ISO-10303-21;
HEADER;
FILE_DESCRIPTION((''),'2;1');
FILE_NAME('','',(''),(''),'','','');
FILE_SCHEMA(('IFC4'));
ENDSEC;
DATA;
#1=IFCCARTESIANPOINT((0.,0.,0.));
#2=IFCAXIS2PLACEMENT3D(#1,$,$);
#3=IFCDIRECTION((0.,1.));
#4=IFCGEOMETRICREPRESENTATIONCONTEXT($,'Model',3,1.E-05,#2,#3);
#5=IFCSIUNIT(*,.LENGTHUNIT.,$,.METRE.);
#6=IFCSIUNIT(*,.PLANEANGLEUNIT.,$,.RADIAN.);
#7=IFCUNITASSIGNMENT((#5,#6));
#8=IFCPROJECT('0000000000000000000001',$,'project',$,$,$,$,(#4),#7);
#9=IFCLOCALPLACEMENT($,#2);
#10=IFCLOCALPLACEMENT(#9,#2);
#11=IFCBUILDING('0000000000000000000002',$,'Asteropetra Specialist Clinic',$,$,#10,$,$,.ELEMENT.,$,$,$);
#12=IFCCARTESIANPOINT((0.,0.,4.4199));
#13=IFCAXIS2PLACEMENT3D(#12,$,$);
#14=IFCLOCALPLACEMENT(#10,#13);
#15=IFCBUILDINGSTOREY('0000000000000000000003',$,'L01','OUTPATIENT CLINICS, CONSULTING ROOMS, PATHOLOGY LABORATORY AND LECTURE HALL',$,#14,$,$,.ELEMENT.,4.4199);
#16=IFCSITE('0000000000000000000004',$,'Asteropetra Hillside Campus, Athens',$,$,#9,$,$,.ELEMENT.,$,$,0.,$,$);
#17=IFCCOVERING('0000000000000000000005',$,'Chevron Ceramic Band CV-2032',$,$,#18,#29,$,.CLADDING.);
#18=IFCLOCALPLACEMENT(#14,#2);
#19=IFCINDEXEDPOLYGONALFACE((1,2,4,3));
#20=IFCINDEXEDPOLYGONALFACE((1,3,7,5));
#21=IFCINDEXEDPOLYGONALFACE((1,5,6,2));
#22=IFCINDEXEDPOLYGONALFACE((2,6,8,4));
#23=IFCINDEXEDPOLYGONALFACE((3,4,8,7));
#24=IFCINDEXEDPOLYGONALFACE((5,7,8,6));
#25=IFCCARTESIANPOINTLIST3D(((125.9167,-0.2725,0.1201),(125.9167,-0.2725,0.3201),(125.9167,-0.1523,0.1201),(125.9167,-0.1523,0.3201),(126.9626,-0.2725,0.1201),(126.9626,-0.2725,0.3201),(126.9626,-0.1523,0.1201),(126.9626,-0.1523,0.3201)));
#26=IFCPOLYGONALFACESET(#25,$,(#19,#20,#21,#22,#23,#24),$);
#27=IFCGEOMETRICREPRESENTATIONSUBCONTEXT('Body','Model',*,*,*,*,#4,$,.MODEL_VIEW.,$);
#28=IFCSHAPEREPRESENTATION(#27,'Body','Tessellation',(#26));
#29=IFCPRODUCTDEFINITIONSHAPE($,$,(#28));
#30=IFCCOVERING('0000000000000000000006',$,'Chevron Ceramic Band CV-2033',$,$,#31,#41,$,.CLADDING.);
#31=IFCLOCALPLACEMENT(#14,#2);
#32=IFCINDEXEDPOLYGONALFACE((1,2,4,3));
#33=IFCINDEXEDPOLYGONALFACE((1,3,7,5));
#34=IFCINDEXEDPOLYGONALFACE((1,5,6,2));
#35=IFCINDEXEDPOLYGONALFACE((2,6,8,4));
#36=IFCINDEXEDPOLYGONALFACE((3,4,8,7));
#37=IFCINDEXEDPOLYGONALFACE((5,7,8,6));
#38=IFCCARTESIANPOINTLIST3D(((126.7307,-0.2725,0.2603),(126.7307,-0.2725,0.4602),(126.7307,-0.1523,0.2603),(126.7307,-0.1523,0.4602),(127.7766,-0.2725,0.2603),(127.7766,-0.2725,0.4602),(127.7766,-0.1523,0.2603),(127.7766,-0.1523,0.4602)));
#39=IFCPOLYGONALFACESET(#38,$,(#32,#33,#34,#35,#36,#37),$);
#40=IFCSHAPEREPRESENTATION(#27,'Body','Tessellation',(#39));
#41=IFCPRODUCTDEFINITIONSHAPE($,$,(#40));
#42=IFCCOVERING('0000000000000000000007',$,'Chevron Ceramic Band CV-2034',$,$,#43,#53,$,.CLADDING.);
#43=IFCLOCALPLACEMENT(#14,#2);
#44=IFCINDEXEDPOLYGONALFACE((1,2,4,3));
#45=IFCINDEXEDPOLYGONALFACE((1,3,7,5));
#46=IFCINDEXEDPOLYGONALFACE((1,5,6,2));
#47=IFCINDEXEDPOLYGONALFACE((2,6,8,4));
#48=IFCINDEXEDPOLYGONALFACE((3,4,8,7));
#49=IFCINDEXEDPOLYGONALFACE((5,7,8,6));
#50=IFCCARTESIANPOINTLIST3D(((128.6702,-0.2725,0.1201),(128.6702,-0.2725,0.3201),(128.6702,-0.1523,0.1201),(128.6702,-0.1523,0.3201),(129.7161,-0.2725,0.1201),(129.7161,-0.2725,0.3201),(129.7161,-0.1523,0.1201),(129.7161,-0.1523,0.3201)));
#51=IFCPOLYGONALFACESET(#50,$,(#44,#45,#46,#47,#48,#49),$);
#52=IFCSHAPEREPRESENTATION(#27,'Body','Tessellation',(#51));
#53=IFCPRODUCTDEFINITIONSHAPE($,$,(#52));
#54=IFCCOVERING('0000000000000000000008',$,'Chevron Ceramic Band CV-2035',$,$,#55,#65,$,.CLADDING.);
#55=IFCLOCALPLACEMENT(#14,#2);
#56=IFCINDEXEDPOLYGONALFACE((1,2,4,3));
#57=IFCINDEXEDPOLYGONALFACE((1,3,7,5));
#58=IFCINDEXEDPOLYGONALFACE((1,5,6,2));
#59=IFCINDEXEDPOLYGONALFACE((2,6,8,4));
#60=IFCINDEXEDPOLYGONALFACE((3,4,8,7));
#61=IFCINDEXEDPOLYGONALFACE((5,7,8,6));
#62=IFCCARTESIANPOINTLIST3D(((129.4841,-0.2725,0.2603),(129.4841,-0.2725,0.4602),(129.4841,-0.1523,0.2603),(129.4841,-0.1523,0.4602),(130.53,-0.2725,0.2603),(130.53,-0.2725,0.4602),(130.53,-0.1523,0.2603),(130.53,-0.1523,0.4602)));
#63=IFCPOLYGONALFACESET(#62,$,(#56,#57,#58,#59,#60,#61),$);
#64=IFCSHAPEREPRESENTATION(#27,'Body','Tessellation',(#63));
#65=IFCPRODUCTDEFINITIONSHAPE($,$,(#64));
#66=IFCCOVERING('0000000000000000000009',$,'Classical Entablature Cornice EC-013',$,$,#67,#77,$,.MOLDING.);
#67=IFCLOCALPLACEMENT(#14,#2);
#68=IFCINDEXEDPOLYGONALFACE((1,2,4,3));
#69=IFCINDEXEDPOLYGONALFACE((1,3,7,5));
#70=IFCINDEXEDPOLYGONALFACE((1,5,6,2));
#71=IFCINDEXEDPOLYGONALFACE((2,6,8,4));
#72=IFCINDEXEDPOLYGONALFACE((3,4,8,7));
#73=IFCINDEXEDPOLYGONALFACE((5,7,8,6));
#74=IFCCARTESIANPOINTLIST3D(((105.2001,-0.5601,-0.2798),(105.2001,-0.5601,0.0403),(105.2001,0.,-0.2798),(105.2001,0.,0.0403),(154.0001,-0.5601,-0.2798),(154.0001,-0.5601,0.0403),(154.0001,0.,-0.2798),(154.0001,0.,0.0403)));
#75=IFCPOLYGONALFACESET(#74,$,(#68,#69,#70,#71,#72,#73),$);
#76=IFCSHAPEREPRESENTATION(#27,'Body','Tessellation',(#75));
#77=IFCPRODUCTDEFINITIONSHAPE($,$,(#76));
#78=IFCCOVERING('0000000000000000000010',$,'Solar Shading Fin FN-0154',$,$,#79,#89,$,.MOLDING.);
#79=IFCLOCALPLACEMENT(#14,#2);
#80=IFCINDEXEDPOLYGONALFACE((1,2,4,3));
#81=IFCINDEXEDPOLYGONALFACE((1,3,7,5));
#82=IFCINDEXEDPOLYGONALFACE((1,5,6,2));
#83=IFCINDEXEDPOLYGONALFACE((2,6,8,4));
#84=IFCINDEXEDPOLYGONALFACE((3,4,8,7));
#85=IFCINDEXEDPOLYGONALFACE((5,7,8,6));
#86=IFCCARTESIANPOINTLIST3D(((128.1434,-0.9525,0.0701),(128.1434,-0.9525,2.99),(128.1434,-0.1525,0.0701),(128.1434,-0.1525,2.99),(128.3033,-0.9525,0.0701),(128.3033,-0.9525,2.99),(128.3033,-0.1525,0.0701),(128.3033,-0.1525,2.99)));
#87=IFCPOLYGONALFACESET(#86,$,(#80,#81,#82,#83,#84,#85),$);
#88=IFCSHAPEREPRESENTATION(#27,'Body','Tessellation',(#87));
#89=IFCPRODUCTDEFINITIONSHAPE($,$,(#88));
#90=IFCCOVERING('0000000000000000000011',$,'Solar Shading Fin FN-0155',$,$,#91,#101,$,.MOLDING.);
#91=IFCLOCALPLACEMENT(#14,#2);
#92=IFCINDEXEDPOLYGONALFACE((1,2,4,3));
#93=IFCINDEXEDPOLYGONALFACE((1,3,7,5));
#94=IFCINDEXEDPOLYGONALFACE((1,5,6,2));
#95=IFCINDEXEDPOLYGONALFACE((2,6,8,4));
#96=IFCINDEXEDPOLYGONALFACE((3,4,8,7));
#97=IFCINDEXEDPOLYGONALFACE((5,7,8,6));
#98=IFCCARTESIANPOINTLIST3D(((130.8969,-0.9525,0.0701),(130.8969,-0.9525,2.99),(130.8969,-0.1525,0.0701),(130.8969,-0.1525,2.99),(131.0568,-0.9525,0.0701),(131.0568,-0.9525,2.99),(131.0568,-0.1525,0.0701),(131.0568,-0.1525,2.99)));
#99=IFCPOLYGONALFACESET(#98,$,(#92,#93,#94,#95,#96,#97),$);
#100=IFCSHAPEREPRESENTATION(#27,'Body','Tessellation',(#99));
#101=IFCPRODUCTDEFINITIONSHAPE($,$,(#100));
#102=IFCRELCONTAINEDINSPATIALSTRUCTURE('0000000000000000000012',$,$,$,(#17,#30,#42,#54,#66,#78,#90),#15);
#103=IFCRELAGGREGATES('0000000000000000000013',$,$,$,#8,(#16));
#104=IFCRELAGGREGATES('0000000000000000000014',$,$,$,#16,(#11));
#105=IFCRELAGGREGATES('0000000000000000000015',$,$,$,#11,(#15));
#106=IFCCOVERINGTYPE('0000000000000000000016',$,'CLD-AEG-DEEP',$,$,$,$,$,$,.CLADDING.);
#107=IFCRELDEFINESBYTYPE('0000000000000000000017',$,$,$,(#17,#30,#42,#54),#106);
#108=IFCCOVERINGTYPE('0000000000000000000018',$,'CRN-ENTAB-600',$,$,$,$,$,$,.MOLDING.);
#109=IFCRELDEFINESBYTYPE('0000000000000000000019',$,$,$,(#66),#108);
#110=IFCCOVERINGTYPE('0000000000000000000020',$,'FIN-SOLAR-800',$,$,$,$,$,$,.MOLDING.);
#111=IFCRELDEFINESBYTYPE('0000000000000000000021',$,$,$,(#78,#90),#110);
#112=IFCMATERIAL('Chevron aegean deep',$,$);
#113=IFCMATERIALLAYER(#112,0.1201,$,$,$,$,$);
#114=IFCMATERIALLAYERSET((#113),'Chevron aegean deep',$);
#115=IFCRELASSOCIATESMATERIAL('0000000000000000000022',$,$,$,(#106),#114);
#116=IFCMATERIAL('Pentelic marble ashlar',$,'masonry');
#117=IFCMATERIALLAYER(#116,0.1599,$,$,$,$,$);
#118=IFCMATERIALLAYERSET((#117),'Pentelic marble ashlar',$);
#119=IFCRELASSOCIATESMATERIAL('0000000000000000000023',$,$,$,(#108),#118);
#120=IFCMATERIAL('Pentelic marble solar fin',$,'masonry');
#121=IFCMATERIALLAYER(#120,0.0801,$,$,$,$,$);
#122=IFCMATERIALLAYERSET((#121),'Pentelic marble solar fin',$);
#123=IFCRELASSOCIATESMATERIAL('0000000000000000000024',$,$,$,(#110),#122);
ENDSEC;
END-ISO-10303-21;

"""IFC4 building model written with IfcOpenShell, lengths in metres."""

from ifc_helpers import new_model, si_unit, direction, frame, origin, origin_2d, place, context, subcontext, project, spatial, rectangle, extrude, material, layer, layer_set, type_object, element, save


model = new_model("IFC4")

# Units and contexts
model_context = context("Model", 3, precision=1e-05, world=origin(), true_north=direction((0.0, 1.0)))
body_context = subcontext(model_context, "Body", "Model", "MODEL_VIEW")
ifc_project = project(units=[si_unit("LENGTHUNIT", "METRE"), si_unit("PLANEANGLEUNIT", "RADIAN")], contexts=[model_context])

# Site, building, storey
site_placement = place(None, origin())
site = spatial("IfcSite", under=ifc_project, at=site_placement, Name="Asteropetra Hillside Campus, Athens", CompositionType="ELEMENT", RefElevation=0.0)
building_placement = place(site_placement, origin())
building = spatial("IfcBuilding", under=site, at=building_placement, Name="Asteropetra Specialist Clinic", CompositionType="ELEMENT")
storey_placement = place(building_placement, frame((0.0, 0.0, 4.4199)))
storey = spatial("IfcBuildingStorey", under=building, at=storey_placement, Name="L01", Description="OUTPATIENT CLINICS, CONSULTING ROOMS, PATHOLOGY LABORATORY AND LECTURE HALL", CompositionType="ELEMENT", Elevation=4.4199)

# Coverings
ifc_material_1 = material(Name="Chevron aegean deep")
ifc_layer_1 = layer(ifc_material_1, 0.1201)
ifc_layer_set_1 = layer_set([ifc_layer_1], Name="Chevron aegean deep")
covering_type_1 = type_object("IfcCoveringType", Name="CLD-AEG-DEEP", PredefinedType="CLADDING", material=ifc_layer_set_1)
for number, where, z_axis, x_axis, name in (
    (1, (126.4397, -0.2124, 0.1201), (0.0, 0.0, 1.0), (1.0, 0.0, 0.0), "Chevron Ceramic Band CV-2032"),
    (2, (127.2537, -0.2124, 0.2603), (0.0, 0.0, 1.0), (1.0, 0.0, 0.0), "Chevron Ceramic Band CV-2033"),
    (3, (129.1931, -0.2124, 0.1201), (0.0, 0.0, 1.0), (1.0, 0.0, 0.0), "Chevron Ceramic Band CV-2034"),
    (4, (130.0071, -0.2124, 0.2603), (0.0, 0.0, 1.0), (1.0, 0.0, 0.0), "Chevron Ceramic Band CV-2035"),
):
    element("IfcCovering", number, at=place(storey_placement, frame(where, z_axis=z_axis, x_axis=x_axis)), inside=storey, type_object=covering_type_1, Name=name, PredefinedType="CLADDING", context=body_context, shape_type="SweptSolid", body=[
        extrude(rectangle(XDim=1.0459, YDim=0.1201, at=origin_2d()), origin(), (0.0, 0.0, 1.0), 0.2),
    ])
ifc_material_2 = material(Name="Pentelic marble ashlar", Category="masonry")
ifc_layer_2 = layer(ifc_material_2, 0.1599)
ifc_layer_set_2 = layer_set([ifc_layer_2], Name="Pentelic marble ashlar")
covering_type_2 = type_object("IfcCoveringType", Name="CRN-ENTAB-600", PredefinedType="MOLDING", material=ifc_layer_set_2)
covering_placement = place(storey_placement, frame((129.6001, -0.28, -0.2798), z_axis=(0.0, 0.0, 1.0), x_axis=(1.0, 0.0, 0.0)))
element("IfcCovering", 5, at=covering_placement, inside=storey, type_object=covering_type_2, Name="Classical Entablature Cornice EC-013", PredefinedType="MOLDING", context=body_context, shape_type="SweptSolid", body=[
    extrude(rectangle(XDim=48.8, YDim=0.5601, at=origin_2d()), origin(), (0.0, 0.0, 1.0), 0.3201),
])
ifc_material_3 = material(Name="Pentelic marble solar fin", Category="masonry")
ifc_layer_3 = layer(ifc_material_3, 0.0801)
ifc_layer_set_3 = layer_set([ifc_layer_3], Name="Pentelic marble solar fin")
covering_type_3 = type_object("IfcCoveringType", Name="FIN-SOLAR-800", PredefinedType="MOLDING", material=ifc_layer_set_3)
for number, where, z_axis, x_axis, name in (
    (6, (128.2234, -0.5525, 0.0701), (0.0, 0.0, 1.0), (1.0, 0.0, 0.0), "Solar Shading Fin FN-0154"),
    (7, (130.9768, -0.5525, 0.0701), (0.0, 0.0, 1.0), (1.0, 0.0, 0.0), "Solar Shading Fin FN-0155"),
):
    element("IfcCovering", number, at=place(storey_placement, frame(where, z_axis=z_axis, x_axis=x_axis)), inside=storey, type_object=covering_type_3, Name=name, PredefinedType="MOLDING", context=body_context, shape_type="SweptSolid", body=[
        extrude(rectangle(XDim=0.1599, YDim=0.8, at=origin_2d()), origin(), (0.0, 0.0, 1.0), 2.9199),
    ])

save(model, "model.ifc")
